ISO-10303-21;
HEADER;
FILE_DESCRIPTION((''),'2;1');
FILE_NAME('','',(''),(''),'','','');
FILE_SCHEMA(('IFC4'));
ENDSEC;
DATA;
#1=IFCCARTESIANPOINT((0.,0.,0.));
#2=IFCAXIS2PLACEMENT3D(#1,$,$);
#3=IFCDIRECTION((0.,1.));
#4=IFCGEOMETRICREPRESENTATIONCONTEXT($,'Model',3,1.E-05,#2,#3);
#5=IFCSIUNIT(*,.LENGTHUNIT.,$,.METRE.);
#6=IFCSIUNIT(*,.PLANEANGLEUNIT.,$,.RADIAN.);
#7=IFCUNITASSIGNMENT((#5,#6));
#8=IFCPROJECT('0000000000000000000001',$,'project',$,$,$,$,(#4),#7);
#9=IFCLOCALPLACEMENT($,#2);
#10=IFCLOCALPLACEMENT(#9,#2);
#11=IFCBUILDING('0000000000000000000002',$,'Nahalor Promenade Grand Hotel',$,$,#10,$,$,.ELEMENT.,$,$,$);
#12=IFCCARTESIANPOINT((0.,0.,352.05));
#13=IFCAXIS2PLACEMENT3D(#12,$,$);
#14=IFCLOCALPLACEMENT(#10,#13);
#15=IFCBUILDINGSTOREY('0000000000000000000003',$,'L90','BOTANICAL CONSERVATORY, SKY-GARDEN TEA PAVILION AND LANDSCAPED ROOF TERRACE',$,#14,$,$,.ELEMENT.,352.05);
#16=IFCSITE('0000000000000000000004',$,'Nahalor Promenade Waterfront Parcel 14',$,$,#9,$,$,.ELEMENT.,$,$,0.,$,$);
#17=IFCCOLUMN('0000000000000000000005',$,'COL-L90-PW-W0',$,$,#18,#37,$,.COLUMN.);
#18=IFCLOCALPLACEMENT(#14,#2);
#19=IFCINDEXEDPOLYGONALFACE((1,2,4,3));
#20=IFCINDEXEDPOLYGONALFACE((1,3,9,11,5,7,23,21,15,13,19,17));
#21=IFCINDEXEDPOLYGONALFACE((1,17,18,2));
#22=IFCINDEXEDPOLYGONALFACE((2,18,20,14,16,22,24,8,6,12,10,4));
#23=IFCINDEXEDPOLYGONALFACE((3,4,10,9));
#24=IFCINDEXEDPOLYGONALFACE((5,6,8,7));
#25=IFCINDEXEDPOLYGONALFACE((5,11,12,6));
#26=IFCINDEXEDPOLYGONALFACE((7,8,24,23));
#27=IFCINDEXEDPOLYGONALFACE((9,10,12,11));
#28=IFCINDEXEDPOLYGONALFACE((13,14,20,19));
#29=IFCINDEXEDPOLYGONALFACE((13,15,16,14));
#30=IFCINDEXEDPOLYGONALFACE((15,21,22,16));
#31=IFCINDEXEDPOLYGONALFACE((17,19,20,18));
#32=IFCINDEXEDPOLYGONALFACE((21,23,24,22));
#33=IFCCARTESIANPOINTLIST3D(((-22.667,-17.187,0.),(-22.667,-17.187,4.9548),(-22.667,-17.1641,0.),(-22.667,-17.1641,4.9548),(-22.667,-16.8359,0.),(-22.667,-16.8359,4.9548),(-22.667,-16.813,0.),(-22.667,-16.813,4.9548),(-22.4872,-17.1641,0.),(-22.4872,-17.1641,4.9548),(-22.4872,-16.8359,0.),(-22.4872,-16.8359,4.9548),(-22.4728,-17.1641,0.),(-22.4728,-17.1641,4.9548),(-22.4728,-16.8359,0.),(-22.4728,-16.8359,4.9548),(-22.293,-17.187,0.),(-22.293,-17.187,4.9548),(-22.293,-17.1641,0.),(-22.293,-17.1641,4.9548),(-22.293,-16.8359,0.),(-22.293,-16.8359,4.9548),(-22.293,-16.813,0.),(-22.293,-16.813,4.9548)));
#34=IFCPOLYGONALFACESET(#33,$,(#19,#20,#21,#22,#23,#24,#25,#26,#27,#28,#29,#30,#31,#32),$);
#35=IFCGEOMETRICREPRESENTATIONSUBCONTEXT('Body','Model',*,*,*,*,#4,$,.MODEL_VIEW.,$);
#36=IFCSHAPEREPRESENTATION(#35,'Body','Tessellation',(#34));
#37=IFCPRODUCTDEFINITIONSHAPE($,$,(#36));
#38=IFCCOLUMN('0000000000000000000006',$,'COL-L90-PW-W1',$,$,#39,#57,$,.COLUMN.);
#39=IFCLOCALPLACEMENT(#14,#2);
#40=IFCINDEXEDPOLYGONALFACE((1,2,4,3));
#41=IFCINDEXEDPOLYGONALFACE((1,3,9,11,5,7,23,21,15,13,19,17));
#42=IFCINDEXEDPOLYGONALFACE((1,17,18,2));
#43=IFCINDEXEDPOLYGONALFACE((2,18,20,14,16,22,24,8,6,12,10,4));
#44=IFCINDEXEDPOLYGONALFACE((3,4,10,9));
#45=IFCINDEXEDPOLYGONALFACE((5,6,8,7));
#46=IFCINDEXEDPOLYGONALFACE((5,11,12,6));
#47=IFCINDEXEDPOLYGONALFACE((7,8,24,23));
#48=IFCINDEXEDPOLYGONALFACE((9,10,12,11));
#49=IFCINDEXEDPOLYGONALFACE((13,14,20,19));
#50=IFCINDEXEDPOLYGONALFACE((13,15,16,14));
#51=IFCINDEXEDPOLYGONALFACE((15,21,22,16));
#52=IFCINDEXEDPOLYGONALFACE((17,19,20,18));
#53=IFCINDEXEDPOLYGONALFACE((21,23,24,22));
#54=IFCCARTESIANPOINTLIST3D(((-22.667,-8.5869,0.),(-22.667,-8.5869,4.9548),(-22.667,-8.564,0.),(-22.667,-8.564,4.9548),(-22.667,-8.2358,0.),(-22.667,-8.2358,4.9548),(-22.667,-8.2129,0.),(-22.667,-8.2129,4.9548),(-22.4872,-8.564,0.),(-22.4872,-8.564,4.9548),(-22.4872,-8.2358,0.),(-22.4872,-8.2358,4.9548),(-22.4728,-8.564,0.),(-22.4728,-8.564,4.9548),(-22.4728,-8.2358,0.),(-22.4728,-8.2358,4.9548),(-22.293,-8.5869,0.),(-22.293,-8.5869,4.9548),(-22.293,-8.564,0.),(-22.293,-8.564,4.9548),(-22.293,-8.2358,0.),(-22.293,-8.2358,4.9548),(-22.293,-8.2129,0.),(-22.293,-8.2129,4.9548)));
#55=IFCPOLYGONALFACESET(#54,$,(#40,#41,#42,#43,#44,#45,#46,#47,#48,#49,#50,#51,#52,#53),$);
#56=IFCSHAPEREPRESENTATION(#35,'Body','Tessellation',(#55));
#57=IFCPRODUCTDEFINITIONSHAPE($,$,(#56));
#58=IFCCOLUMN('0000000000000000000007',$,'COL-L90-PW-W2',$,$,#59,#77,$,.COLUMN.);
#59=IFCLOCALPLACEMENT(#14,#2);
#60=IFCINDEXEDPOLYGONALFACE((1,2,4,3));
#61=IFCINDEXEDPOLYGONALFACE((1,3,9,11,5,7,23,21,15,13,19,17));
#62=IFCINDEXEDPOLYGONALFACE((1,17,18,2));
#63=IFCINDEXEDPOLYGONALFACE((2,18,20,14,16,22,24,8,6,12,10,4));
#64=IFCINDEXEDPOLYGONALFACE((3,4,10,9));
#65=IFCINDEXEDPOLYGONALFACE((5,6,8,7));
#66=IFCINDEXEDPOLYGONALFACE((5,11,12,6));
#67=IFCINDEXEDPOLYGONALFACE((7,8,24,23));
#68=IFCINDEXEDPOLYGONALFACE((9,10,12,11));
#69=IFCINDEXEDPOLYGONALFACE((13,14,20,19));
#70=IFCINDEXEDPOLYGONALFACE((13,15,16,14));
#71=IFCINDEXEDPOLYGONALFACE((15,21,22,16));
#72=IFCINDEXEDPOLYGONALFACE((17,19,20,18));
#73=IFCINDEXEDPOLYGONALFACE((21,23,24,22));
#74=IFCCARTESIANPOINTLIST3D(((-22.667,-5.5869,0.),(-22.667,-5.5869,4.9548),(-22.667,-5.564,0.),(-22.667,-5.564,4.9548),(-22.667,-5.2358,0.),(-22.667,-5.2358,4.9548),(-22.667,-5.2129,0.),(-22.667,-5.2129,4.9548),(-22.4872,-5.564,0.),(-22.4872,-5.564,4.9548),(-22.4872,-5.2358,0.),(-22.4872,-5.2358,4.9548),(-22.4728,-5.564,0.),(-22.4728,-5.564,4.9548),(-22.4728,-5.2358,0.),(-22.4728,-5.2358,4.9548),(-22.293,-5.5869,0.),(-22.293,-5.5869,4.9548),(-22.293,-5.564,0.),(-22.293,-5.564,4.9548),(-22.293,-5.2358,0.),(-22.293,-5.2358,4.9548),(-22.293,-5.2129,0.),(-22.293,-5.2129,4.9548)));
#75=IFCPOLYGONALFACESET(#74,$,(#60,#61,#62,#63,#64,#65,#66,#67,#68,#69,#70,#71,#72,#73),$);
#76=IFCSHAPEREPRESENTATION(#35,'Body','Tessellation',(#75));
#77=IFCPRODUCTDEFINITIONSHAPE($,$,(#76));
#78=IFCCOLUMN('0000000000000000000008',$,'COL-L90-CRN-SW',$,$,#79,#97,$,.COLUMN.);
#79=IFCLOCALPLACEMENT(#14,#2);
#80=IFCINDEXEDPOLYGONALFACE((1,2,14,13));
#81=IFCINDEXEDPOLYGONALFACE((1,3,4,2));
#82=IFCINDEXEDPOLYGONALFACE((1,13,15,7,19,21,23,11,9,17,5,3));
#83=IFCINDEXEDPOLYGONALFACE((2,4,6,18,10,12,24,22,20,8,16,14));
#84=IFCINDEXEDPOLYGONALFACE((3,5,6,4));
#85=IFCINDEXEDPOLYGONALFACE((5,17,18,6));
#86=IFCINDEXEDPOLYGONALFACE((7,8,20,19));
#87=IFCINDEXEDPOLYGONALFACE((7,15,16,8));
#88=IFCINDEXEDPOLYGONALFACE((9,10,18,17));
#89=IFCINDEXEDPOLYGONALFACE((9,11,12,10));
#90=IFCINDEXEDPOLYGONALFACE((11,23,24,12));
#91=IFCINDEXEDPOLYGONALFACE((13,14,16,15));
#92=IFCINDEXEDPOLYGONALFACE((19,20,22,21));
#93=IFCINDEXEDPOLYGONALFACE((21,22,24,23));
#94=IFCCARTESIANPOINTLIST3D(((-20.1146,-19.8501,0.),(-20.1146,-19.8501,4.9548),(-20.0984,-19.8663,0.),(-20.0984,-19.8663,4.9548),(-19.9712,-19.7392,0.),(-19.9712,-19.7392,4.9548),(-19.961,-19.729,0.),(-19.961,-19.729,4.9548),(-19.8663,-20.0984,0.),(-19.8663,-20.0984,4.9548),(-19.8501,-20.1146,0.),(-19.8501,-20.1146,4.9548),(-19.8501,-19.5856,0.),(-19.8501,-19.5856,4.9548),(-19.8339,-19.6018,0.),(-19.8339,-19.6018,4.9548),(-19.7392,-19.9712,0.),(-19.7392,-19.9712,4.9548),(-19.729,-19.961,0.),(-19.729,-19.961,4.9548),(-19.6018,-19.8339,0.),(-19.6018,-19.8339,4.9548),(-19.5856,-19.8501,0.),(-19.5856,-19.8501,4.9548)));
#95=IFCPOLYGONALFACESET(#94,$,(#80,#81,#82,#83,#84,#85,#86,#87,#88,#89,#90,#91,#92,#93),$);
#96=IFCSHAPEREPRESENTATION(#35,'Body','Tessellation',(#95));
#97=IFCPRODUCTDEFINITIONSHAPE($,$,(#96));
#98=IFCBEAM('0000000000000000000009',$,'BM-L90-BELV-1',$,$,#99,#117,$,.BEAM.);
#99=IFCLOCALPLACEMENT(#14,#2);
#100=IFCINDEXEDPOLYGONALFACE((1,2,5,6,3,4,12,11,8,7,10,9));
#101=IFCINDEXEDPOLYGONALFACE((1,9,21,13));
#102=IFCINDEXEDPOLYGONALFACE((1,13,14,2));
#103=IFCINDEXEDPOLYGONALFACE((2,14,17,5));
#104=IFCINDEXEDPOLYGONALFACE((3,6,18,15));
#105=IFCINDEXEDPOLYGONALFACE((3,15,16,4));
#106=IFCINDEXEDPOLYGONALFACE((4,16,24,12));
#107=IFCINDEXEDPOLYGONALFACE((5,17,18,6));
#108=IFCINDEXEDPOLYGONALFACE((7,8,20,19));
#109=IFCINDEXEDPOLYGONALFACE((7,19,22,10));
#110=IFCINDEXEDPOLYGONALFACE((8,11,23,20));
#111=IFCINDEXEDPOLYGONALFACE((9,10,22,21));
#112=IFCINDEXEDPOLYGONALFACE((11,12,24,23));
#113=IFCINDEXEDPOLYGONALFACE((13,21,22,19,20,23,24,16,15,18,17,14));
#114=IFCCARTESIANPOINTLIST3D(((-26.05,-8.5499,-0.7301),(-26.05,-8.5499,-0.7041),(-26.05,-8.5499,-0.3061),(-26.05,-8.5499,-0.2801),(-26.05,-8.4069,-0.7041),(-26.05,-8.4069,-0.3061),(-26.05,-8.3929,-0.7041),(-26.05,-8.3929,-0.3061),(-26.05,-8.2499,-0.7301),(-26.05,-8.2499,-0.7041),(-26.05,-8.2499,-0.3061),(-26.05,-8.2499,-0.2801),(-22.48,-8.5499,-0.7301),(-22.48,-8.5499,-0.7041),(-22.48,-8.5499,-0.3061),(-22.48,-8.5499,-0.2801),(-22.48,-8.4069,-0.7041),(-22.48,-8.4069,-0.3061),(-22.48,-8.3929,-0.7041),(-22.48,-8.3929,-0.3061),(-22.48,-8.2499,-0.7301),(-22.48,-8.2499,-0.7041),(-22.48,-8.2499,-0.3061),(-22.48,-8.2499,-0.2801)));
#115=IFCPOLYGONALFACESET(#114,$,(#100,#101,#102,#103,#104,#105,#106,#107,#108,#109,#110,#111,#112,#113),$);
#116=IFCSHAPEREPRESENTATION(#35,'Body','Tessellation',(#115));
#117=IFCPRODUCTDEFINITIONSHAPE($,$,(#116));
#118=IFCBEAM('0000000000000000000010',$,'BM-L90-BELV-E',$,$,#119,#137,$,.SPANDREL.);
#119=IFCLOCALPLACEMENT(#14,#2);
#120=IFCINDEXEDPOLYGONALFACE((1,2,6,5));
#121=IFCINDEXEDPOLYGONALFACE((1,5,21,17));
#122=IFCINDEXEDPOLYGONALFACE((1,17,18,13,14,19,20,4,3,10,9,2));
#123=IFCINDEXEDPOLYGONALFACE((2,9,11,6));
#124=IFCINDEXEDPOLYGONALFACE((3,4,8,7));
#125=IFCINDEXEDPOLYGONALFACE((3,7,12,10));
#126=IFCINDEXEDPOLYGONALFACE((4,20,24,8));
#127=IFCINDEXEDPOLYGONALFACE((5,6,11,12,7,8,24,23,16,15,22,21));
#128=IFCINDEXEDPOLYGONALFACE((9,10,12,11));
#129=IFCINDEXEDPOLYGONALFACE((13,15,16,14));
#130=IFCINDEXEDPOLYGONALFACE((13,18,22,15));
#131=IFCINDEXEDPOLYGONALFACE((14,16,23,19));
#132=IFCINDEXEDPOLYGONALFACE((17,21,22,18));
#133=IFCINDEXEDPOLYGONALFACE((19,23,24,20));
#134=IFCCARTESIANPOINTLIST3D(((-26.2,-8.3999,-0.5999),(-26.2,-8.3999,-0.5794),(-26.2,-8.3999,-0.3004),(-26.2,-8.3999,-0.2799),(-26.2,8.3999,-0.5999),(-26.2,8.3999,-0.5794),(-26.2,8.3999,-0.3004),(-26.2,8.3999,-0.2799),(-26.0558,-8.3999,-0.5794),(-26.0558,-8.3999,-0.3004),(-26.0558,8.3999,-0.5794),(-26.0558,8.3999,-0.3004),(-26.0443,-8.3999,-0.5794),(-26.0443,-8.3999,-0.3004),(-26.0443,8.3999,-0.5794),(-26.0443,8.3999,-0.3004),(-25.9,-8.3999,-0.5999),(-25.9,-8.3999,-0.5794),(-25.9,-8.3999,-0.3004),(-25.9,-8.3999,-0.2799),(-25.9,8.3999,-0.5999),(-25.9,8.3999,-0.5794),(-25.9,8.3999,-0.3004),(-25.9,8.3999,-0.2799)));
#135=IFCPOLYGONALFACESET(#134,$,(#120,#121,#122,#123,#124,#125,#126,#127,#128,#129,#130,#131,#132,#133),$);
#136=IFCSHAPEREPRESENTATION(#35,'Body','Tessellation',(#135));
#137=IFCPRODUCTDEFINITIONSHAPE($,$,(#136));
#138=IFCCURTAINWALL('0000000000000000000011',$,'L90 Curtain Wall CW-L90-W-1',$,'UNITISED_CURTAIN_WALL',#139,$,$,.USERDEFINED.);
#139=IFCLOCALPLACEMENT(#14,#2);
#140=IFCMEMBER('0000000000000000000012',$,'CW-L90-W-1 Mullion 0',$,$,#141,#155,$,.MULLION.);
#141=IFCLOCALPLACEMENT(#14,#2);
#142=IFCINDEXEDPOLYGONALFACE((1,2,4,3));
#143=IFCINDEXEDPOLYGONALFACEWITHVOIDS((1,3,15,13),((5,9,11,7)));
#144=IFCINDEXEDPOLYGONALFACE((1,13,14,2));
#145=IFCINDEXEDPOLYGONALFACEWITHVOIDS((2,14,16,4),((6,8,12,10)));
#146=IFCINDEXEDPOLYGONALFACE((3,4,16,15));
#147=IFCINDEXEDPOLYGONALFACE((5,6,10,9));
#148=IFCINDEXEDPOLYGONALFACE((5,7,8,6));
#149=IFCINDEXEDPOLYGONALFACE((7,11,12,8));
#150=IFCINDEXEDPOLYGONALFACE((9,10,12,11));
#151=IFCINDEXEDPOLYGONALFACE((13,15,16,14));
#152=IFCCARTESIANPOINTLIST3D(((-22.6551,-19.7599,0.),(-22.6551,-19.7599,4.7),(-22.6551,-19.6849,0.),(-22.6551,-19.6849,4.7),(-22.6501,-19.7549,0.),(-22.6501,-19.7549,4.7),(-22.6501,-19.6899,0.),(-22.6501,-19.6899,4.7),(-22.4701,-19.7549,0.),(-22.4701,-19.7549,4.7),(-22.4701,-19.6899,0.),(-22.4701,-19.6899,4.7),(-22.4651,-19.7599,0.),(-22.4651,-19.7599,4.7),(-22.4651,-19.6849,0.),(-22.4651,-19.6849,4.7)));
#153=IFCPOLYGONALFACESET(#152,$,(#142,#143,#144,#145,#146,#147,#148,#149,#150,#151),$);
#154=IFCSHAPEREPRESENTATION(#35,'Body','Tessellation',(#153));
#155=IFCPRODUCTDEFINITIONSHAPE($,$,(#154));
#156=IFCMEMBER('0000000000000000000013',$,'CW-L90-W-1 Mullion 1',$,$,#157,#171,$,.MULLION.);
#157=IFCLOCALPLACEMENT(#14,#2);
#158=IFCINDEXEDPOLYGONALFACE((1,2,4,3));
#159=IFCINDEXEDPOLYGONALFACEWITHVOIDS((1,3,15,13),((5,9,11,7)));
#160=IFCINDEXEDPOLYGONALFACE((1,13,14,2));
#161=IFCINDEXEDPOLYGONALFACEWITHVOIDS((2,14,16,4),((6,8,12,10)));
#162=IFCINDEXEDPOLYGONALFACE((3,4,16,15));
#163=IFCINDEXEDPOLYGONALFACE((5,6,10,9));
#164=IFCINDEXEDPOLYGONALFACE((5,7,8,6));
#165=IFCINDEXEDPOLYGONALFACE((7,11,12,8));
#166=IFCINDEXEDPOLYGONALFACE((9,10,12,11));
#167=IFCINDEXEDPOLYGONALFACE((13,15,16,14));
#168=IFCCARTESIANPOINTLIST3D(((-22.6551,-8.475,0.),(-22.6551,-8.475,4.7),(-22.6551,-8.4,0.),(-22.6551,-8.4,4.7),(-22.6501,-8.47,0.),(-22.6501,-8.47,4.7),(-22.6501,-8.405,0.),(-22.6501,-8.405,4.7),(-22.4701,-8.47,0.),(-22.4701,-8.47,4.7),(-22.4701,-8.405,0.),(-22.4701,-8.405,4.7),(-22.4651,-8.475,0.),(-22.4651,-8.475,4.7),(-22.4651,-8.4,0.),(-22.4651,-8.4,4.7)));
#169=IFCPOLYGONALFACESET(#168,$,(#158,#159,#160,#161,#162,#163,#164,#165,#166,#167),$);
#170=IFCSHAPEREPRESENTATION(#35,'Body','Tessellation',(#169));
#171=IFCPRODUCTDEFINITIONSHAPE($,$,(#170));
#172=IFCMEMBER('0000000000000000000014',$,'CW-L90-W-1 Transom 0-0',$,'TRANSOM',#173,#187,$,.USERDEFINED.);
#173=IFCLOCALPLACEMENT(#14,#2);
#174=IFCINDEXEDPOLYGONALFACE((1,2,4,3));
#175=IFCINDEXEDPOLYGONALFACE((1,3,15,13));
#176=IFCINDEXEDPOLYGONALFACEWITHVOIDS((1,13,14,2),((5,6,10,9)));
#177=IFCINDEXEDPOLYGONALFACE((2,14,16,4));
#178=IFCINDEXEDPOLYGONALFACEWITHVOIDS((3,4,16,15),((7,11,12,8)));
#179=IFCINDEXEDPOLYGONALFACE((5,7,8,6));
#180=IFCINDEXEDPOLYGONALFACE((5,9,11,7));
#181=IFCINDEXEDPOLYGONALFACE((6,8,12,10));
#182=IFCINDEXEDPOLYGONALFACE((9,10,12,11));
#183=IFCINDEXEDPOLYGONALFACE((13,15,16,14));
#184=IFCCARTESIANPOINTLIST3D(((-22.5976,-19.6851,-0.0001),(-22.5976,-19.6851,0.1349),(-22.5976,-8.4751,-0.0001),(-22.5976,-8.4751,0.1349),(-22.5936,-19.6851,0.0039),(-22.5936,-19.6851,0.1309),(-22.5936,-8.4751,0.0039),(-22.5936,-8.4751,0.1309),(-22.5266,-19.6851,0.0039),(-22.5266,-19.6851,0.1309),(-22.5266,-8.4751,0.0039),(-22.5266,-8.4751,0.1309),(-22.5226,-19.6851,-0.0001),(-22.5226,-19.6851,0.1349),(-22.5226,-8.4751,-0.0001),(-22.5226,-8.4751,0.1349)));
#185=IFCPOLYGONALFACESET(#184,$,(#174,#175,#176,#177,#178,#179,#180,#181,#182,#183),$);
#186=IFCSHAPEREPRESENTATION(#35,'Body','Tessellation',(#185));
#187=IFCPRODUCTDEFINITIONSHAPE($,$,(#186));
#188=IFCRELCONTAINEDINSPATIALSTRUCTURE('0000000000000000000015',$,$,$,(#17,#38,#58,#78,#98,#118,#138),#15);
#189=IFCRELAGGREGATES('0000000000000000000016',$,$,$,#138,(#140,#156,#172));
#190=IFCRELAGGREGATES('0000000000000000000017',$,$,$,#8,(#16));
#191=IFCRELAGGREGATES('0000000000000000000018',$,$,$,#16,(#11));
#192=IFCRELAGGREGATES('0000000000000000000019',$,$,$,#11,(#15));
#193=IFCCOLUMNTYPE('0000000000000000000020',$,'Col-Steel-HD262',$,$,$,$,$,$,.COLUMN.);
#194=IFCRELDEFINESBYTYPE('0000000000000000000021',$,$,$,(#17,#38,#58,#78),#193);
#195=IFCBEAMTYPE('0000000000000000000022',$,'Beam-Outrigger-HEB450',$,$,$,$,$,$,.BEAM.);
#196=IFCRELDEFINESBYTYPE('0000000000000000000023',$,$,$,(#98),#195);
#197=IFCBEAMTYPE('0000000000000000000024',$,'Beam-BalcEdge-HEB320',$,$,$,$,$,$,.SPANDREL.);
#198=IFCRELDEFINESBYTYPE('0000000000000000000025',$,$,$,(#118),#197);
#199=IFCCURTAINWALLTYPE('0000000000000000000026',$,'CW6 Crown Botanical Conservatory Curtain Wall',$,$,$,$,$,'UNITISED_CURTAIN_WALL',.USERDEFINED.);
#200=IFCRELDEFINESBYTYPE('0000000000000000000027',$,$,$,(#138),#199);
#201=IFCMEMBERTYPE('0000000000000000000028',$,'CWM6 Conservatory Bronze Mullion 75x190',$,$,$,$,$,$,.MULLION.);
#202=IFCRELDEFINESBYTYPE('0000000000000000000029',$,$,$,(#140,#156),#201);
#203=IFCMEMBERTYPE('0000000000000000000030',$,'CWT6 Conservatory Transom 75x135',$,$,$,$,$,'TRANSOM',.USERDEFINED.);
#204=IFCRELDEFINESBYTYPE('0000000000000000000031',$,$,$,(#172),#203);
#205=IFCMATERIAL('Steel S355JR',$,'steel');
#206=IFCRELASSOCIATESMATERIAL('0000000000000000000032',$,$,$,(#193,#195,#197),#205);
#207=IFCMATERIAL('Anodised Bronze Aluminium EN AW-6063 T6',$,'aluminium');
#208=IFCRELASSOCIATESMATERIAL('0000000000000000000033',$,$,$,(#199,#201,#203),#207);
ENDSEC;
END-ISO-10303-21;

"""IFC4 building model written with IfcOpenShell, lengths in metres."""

from ifc_helpers import new_model, si_unit, direction, frame, origin, origin_2d, place, context, subcontext, project, spatial, hollow_rectangle, i_section, extrude, source, transform, mapped, material, material_profile, profile_set, type_object, element, aggregate, save


model = new_model("IFC4")

# Units and contexts
model_context = context("Model", 3, precision=1e-05, world=origin(), true_north=direction((0.0, 1.0)))
body_context = subcontext(model_context, "Body", "Model", "MODEL_VIEW")
ifc_project = project(units=[si_unit("LENGTHUNIT", "METRE"), si_unit("PLANEANGLEUNIT", "RADIAN")], contexts=[model_context])

# Site, building, storey
site_placement = place(None, origin())
site = spatial("IfcSite", under=ifc_project, at=site_placement, Name="Nahalor Promenade Waterfront Parcel 14", CompositionType="ELEMENT", RefElevation=0.0)
building_placement = place(site_placement, origin())
building = spatial("IfcBuilding", under=site, at=building_placement, Name="Nahalor Promenade Grand Hotel", CompositionType="ELEMENT")
storey_placement = place(building_placement, frame((0.0, 0.0, 352.05)))
storey = spatial("IfcBuildingStorey", under=building, at=storey_placement, Name="L90", Description="BOTANICAL CONSERVATORY, SKY-GARDEN TEA PAVILION AND LANDSCAPED ROOF TERRACE", CompositionType="ELEMENT", Elevation=352.05)

# Columns
ifc_material_1 = material(Name="Steel S355JR", Category="steel")
ifc_material_profile_1 = material_profile(ifc_material_1, i_section(OverallWidth=0.374, OverallDepth=0.374, WebThickness=0.0144, FlangeThickness=0.0229, at=origin_2d()), Name="HD 360x262")
ifc_profile_set_1 = profile_set([ifc_material_profile_1], Name="Steel S355JR")
column_type = type_object("IfcColumnType", Name="Col-Steel-HD262", PredefinedType="COLUMN", material=ifc_profile_set_1)
shared_shape_1 = source(origin(), body_context, "Body", "SweptSolid", [
    extrude(i_section(OverallWidth=0.374, OverallDepth=0.374, WebThickness=0.0144, FlangeThickness=0.0229, at=origin_2d()), origin(), (0.0, 0.0, 1.0), 4.9548),
])
for number, where, z_axis, x_axis, name in (
    (1, (-22.48, -17.0, 0.0), (0.0, 0.0, 1.0), (1.0, 0.0, 0.0), "COL-L90-PW-W0"),
    (2, (-22.48, -8.3999, 0.0), (0.0, 0.0, 1.0), (1.0, 0.0, 0.0), "COL-L90-PW-W1"),
    (3, (-22.48, -5.3999, 0.0), (0.0, 0.0, 1.0), (1.0, 0.0, 0.0), "COL-L90-PW-W2"),
    (4, (-19.8501, -19.8501, 0.0), (0.0, 0.0, 1.0), (0.707107, 0.707107, 0.0), "COL-L90-CRN-SW"),
):
    element("IfcColumn", number, at=place(storey_placement, frame(where, z_axis=z_axis, x_axis=x_axis)), inside=storey, type_object=column_type, Name=name, PredefinedType="COLUMN", context=body_context, shape_type="MappedRepresentation", body=[
        mapped(shared_shape_1, transform((0.0, 0.0, 0.0), scale=1.0)),
    ])

# Beams
ifc_material_profile_2 = material_profile(ifc_material_1, i_section(OverallWidth=0.3, OverallDepth=0.45, WebThickness=0.014, FlangeThickness=0.026, at=origin_2d()), Name="HEB 450")
ifc_profile_set_2 = profile_set([ifc_material_profile_2], Name="Steel S355JR")
beam_type_1 = type_object("IfcBeamType", Name="Beam-Outrigger-HEB450", PredefinedType="BEAM", material=ifc_profile_set_2)
shared_shape_2 = source(origin(), body_context, "Body", "SweptSolid", [
    extrude(i_section(OverallWidth=0.3, OverallDepth=0.45, WebThickness=0.014, FlangeThickness=0.026, at=origin_2d()), origin(), (0.0, 0.0, 1.0), 3.5701),
])
beam_1_placement = place(storey_placement, frame((-26.05, -8.3999, -0.5051), z_axis=(1.0, 0.0, 0.0), x_axis=(0.0, 1.0, 0.0)))
element("IfcBeam", 5, at=beam_1_placement, inside=storey, type_object=beam_type_1, Name="BM-L90-BELV-1", PredefinedType="BEAM", context=body_context, shape_type="MappedRepresentation", body=[
    mapped(shared_shape_2, transform((0.0, 0.0, 0.0), scale=1.0)),
])
ifc_material_profile_3 = material_profile(ifc_material_1, i_section(OverallWidth=0.3, OverallDepth=0.32, WebThickness=0.0115, FlangeThickness=0.0205, at=origin_2d()), Name="HEB 320")
ifc_profile_set_3 = profile_set([ifc_material_profile_3], Name="Steel S355JR")
beam_type_2 = type_object("IfcBeamType", Name="Beam-BalcEdge-HEB320", PredefinedType="SPANDREL", material=ifc_profile_set_3)
shared_shape_3 = source(origin(), body_context, "Body", "SweptSolid", [
    extrude(i_section(OverallWidth=0.3, OverallDepth=0.32, WebThickness=0.0115, FlangeThickness=0.0205, at=origin_2d()), origin(), (0.0, 0.0, 1.0), 16.7998),
])
beam_2_placement = place(storey_placement, frame((-26.05, -8.3999, -0.4399), z_axis=(0.0, 1.0, 0.0), x_axis=(-1.0, 0.0, 0.0)))
element("IfcBeam", 6, at=beam_2_placement, inside=storey, type_object=beam_type_2, Name="BM-L90-BELV-E", PredefinedType="SPANDREL", context=body_context, shape_type="MappedRepresentation", body=[
    mapped(shared_shape_3, transform((0.0, 0.0, 0.0), scale=1.0)),
])

# Curtain wall, members
ifc_material_2 = material(Name="Anodised Bronze Aluminium EN AW-6063 T6", Category="aluminium")
curtain_wall_type = type_object("IfcCurtainWallType", Name="CW6 Crown Botanical Conservatory Curtain Wall", ElementType="UNITISED_CURTAIN_WALL", PredefinedType="USERDEFINED", material=ifc_material_2)
curtain_wall_placement = place(storey_placement, origin())
curtain_wall = element("IfcCurtainWall", 7, at=curtain_wall_placement, inside=storey, type_object=curtain_wall_type, Name="L90 Curtain Wall CW-L90-W-1", ObjectType="UNITISED_CURTAIN_WALL", PredefinedType="USERDEFINED")
ifc_material_profile_4 = material_profile(ifc_material_2, hollow_rectangle(XDim=0.075, YDim=0.19, WallThickness=0.005, at=origin_2d()), Name="CWM 75x190x5")
ifc_profile_set_4 = profile_set([ifc_material_profile_4], Name="Anodised Bronze Aluminium EN AW-6063 T6")
member_type_1 = type_object("IfcMemberType", Name="CWM6 Conservatory Bronze Mullion 75x190", PredefinedType="MULLION", material=ifc_profile_set_4)
shared_shape_4 = source(origin(), body_context, "Body", "SweptSolid", [
    extrude(hollow_rectangle(XDim=0.075, YDim=0.19, WallThickness=0.005, at=origin_2d()), origin(), (0.0, 0.0, 1.0), 4.7),
])
member_1_placement = place(storey_placement, frame((-22.5601, -19.7224, 0.0), z_axis=(0.0, 0.0, 1.0), x_axis=(0.0, 1.0, 0.0)))
member_1 = element("IfcMember", 8, at=member_1_placement, type_object=member_type_1, Name="CW-L90-W-1 Mullion 0", PredefinedType="MULLION", context=body_context, shape_type="MappedRepresentation", body=[
    mapped(shared_shape_4, transform((0.0, 0.0, 0.0), scale=1.0)),
])
member_2_placement = place(storey_placement, frame((-22.5601, -8.4375, 0.0), z_axis=(0.0, 0.0, 1.0), x_axis=(0.0, 1.0, 0.0)))
member_2 = element("IfcMember", 9, at=member_2_placement, type_object=member_type_1, Name="CW-L90-W-1 Mullion 1", PredefinedType="MULLION", context=body_context, shape_type="MappedRepresentation", body=[
    mapped(shared_shape_4, transform((0.0, 0.0, 0.0), scale=1.0)),
])
ifc_material_profile_5 = material_profile(ifc_material_2, hollow_rectangle(XDim=0.075, YDim=0.135, WallThickness=0.004, at=origin_2d()), Name="CWT 75x135x4")
ifc_profile_set_5 = profile_set([ifc_material_profile_5], Name="Anodised Bronze Aluminium EN AW-6063 T6")
member_type_2 = type_object("IfcMemberType", Name="CWT6 Conservatory Transom 75x135", ElementType="TRANSOM", PredefinedType="USERDEFINED", material=ifc_profile_set_5)
shared_shape_5 = source(origin(), body_context, "Body", "SweptSolid", [
    extrude(hollow_rectangle(XDim=0.075, YDim=0.135, WallThickness=0.004, at=origin_2d()), origin(), (0.0, 0.0, 1.0), 11.21),
])
member_3_placement = place(storey_placement, frame((-22.5601, -19.6851, 0.0674), z_axis=(0.0, 1.0, 0.0), x_axis=(-1.0, 0.0, 0.0)))
member_3 = element("IfcMember", 10, at=member_3_placement, type_object=member_type_2, Name="CW-L90-W-1 Transom 0-0", ObjectType="TRANSOM", PredefinedType="USERDEFINED", context=body_context, shape_type="MappedRepresentation", body=[
    mapped(shared_shape_5, transform((0.0, 0.0, 0.0), scale=1.0)),
])
aggregate(curtain_wall, [member_1, member_2, member_3])

save(model, "model.ifc")
